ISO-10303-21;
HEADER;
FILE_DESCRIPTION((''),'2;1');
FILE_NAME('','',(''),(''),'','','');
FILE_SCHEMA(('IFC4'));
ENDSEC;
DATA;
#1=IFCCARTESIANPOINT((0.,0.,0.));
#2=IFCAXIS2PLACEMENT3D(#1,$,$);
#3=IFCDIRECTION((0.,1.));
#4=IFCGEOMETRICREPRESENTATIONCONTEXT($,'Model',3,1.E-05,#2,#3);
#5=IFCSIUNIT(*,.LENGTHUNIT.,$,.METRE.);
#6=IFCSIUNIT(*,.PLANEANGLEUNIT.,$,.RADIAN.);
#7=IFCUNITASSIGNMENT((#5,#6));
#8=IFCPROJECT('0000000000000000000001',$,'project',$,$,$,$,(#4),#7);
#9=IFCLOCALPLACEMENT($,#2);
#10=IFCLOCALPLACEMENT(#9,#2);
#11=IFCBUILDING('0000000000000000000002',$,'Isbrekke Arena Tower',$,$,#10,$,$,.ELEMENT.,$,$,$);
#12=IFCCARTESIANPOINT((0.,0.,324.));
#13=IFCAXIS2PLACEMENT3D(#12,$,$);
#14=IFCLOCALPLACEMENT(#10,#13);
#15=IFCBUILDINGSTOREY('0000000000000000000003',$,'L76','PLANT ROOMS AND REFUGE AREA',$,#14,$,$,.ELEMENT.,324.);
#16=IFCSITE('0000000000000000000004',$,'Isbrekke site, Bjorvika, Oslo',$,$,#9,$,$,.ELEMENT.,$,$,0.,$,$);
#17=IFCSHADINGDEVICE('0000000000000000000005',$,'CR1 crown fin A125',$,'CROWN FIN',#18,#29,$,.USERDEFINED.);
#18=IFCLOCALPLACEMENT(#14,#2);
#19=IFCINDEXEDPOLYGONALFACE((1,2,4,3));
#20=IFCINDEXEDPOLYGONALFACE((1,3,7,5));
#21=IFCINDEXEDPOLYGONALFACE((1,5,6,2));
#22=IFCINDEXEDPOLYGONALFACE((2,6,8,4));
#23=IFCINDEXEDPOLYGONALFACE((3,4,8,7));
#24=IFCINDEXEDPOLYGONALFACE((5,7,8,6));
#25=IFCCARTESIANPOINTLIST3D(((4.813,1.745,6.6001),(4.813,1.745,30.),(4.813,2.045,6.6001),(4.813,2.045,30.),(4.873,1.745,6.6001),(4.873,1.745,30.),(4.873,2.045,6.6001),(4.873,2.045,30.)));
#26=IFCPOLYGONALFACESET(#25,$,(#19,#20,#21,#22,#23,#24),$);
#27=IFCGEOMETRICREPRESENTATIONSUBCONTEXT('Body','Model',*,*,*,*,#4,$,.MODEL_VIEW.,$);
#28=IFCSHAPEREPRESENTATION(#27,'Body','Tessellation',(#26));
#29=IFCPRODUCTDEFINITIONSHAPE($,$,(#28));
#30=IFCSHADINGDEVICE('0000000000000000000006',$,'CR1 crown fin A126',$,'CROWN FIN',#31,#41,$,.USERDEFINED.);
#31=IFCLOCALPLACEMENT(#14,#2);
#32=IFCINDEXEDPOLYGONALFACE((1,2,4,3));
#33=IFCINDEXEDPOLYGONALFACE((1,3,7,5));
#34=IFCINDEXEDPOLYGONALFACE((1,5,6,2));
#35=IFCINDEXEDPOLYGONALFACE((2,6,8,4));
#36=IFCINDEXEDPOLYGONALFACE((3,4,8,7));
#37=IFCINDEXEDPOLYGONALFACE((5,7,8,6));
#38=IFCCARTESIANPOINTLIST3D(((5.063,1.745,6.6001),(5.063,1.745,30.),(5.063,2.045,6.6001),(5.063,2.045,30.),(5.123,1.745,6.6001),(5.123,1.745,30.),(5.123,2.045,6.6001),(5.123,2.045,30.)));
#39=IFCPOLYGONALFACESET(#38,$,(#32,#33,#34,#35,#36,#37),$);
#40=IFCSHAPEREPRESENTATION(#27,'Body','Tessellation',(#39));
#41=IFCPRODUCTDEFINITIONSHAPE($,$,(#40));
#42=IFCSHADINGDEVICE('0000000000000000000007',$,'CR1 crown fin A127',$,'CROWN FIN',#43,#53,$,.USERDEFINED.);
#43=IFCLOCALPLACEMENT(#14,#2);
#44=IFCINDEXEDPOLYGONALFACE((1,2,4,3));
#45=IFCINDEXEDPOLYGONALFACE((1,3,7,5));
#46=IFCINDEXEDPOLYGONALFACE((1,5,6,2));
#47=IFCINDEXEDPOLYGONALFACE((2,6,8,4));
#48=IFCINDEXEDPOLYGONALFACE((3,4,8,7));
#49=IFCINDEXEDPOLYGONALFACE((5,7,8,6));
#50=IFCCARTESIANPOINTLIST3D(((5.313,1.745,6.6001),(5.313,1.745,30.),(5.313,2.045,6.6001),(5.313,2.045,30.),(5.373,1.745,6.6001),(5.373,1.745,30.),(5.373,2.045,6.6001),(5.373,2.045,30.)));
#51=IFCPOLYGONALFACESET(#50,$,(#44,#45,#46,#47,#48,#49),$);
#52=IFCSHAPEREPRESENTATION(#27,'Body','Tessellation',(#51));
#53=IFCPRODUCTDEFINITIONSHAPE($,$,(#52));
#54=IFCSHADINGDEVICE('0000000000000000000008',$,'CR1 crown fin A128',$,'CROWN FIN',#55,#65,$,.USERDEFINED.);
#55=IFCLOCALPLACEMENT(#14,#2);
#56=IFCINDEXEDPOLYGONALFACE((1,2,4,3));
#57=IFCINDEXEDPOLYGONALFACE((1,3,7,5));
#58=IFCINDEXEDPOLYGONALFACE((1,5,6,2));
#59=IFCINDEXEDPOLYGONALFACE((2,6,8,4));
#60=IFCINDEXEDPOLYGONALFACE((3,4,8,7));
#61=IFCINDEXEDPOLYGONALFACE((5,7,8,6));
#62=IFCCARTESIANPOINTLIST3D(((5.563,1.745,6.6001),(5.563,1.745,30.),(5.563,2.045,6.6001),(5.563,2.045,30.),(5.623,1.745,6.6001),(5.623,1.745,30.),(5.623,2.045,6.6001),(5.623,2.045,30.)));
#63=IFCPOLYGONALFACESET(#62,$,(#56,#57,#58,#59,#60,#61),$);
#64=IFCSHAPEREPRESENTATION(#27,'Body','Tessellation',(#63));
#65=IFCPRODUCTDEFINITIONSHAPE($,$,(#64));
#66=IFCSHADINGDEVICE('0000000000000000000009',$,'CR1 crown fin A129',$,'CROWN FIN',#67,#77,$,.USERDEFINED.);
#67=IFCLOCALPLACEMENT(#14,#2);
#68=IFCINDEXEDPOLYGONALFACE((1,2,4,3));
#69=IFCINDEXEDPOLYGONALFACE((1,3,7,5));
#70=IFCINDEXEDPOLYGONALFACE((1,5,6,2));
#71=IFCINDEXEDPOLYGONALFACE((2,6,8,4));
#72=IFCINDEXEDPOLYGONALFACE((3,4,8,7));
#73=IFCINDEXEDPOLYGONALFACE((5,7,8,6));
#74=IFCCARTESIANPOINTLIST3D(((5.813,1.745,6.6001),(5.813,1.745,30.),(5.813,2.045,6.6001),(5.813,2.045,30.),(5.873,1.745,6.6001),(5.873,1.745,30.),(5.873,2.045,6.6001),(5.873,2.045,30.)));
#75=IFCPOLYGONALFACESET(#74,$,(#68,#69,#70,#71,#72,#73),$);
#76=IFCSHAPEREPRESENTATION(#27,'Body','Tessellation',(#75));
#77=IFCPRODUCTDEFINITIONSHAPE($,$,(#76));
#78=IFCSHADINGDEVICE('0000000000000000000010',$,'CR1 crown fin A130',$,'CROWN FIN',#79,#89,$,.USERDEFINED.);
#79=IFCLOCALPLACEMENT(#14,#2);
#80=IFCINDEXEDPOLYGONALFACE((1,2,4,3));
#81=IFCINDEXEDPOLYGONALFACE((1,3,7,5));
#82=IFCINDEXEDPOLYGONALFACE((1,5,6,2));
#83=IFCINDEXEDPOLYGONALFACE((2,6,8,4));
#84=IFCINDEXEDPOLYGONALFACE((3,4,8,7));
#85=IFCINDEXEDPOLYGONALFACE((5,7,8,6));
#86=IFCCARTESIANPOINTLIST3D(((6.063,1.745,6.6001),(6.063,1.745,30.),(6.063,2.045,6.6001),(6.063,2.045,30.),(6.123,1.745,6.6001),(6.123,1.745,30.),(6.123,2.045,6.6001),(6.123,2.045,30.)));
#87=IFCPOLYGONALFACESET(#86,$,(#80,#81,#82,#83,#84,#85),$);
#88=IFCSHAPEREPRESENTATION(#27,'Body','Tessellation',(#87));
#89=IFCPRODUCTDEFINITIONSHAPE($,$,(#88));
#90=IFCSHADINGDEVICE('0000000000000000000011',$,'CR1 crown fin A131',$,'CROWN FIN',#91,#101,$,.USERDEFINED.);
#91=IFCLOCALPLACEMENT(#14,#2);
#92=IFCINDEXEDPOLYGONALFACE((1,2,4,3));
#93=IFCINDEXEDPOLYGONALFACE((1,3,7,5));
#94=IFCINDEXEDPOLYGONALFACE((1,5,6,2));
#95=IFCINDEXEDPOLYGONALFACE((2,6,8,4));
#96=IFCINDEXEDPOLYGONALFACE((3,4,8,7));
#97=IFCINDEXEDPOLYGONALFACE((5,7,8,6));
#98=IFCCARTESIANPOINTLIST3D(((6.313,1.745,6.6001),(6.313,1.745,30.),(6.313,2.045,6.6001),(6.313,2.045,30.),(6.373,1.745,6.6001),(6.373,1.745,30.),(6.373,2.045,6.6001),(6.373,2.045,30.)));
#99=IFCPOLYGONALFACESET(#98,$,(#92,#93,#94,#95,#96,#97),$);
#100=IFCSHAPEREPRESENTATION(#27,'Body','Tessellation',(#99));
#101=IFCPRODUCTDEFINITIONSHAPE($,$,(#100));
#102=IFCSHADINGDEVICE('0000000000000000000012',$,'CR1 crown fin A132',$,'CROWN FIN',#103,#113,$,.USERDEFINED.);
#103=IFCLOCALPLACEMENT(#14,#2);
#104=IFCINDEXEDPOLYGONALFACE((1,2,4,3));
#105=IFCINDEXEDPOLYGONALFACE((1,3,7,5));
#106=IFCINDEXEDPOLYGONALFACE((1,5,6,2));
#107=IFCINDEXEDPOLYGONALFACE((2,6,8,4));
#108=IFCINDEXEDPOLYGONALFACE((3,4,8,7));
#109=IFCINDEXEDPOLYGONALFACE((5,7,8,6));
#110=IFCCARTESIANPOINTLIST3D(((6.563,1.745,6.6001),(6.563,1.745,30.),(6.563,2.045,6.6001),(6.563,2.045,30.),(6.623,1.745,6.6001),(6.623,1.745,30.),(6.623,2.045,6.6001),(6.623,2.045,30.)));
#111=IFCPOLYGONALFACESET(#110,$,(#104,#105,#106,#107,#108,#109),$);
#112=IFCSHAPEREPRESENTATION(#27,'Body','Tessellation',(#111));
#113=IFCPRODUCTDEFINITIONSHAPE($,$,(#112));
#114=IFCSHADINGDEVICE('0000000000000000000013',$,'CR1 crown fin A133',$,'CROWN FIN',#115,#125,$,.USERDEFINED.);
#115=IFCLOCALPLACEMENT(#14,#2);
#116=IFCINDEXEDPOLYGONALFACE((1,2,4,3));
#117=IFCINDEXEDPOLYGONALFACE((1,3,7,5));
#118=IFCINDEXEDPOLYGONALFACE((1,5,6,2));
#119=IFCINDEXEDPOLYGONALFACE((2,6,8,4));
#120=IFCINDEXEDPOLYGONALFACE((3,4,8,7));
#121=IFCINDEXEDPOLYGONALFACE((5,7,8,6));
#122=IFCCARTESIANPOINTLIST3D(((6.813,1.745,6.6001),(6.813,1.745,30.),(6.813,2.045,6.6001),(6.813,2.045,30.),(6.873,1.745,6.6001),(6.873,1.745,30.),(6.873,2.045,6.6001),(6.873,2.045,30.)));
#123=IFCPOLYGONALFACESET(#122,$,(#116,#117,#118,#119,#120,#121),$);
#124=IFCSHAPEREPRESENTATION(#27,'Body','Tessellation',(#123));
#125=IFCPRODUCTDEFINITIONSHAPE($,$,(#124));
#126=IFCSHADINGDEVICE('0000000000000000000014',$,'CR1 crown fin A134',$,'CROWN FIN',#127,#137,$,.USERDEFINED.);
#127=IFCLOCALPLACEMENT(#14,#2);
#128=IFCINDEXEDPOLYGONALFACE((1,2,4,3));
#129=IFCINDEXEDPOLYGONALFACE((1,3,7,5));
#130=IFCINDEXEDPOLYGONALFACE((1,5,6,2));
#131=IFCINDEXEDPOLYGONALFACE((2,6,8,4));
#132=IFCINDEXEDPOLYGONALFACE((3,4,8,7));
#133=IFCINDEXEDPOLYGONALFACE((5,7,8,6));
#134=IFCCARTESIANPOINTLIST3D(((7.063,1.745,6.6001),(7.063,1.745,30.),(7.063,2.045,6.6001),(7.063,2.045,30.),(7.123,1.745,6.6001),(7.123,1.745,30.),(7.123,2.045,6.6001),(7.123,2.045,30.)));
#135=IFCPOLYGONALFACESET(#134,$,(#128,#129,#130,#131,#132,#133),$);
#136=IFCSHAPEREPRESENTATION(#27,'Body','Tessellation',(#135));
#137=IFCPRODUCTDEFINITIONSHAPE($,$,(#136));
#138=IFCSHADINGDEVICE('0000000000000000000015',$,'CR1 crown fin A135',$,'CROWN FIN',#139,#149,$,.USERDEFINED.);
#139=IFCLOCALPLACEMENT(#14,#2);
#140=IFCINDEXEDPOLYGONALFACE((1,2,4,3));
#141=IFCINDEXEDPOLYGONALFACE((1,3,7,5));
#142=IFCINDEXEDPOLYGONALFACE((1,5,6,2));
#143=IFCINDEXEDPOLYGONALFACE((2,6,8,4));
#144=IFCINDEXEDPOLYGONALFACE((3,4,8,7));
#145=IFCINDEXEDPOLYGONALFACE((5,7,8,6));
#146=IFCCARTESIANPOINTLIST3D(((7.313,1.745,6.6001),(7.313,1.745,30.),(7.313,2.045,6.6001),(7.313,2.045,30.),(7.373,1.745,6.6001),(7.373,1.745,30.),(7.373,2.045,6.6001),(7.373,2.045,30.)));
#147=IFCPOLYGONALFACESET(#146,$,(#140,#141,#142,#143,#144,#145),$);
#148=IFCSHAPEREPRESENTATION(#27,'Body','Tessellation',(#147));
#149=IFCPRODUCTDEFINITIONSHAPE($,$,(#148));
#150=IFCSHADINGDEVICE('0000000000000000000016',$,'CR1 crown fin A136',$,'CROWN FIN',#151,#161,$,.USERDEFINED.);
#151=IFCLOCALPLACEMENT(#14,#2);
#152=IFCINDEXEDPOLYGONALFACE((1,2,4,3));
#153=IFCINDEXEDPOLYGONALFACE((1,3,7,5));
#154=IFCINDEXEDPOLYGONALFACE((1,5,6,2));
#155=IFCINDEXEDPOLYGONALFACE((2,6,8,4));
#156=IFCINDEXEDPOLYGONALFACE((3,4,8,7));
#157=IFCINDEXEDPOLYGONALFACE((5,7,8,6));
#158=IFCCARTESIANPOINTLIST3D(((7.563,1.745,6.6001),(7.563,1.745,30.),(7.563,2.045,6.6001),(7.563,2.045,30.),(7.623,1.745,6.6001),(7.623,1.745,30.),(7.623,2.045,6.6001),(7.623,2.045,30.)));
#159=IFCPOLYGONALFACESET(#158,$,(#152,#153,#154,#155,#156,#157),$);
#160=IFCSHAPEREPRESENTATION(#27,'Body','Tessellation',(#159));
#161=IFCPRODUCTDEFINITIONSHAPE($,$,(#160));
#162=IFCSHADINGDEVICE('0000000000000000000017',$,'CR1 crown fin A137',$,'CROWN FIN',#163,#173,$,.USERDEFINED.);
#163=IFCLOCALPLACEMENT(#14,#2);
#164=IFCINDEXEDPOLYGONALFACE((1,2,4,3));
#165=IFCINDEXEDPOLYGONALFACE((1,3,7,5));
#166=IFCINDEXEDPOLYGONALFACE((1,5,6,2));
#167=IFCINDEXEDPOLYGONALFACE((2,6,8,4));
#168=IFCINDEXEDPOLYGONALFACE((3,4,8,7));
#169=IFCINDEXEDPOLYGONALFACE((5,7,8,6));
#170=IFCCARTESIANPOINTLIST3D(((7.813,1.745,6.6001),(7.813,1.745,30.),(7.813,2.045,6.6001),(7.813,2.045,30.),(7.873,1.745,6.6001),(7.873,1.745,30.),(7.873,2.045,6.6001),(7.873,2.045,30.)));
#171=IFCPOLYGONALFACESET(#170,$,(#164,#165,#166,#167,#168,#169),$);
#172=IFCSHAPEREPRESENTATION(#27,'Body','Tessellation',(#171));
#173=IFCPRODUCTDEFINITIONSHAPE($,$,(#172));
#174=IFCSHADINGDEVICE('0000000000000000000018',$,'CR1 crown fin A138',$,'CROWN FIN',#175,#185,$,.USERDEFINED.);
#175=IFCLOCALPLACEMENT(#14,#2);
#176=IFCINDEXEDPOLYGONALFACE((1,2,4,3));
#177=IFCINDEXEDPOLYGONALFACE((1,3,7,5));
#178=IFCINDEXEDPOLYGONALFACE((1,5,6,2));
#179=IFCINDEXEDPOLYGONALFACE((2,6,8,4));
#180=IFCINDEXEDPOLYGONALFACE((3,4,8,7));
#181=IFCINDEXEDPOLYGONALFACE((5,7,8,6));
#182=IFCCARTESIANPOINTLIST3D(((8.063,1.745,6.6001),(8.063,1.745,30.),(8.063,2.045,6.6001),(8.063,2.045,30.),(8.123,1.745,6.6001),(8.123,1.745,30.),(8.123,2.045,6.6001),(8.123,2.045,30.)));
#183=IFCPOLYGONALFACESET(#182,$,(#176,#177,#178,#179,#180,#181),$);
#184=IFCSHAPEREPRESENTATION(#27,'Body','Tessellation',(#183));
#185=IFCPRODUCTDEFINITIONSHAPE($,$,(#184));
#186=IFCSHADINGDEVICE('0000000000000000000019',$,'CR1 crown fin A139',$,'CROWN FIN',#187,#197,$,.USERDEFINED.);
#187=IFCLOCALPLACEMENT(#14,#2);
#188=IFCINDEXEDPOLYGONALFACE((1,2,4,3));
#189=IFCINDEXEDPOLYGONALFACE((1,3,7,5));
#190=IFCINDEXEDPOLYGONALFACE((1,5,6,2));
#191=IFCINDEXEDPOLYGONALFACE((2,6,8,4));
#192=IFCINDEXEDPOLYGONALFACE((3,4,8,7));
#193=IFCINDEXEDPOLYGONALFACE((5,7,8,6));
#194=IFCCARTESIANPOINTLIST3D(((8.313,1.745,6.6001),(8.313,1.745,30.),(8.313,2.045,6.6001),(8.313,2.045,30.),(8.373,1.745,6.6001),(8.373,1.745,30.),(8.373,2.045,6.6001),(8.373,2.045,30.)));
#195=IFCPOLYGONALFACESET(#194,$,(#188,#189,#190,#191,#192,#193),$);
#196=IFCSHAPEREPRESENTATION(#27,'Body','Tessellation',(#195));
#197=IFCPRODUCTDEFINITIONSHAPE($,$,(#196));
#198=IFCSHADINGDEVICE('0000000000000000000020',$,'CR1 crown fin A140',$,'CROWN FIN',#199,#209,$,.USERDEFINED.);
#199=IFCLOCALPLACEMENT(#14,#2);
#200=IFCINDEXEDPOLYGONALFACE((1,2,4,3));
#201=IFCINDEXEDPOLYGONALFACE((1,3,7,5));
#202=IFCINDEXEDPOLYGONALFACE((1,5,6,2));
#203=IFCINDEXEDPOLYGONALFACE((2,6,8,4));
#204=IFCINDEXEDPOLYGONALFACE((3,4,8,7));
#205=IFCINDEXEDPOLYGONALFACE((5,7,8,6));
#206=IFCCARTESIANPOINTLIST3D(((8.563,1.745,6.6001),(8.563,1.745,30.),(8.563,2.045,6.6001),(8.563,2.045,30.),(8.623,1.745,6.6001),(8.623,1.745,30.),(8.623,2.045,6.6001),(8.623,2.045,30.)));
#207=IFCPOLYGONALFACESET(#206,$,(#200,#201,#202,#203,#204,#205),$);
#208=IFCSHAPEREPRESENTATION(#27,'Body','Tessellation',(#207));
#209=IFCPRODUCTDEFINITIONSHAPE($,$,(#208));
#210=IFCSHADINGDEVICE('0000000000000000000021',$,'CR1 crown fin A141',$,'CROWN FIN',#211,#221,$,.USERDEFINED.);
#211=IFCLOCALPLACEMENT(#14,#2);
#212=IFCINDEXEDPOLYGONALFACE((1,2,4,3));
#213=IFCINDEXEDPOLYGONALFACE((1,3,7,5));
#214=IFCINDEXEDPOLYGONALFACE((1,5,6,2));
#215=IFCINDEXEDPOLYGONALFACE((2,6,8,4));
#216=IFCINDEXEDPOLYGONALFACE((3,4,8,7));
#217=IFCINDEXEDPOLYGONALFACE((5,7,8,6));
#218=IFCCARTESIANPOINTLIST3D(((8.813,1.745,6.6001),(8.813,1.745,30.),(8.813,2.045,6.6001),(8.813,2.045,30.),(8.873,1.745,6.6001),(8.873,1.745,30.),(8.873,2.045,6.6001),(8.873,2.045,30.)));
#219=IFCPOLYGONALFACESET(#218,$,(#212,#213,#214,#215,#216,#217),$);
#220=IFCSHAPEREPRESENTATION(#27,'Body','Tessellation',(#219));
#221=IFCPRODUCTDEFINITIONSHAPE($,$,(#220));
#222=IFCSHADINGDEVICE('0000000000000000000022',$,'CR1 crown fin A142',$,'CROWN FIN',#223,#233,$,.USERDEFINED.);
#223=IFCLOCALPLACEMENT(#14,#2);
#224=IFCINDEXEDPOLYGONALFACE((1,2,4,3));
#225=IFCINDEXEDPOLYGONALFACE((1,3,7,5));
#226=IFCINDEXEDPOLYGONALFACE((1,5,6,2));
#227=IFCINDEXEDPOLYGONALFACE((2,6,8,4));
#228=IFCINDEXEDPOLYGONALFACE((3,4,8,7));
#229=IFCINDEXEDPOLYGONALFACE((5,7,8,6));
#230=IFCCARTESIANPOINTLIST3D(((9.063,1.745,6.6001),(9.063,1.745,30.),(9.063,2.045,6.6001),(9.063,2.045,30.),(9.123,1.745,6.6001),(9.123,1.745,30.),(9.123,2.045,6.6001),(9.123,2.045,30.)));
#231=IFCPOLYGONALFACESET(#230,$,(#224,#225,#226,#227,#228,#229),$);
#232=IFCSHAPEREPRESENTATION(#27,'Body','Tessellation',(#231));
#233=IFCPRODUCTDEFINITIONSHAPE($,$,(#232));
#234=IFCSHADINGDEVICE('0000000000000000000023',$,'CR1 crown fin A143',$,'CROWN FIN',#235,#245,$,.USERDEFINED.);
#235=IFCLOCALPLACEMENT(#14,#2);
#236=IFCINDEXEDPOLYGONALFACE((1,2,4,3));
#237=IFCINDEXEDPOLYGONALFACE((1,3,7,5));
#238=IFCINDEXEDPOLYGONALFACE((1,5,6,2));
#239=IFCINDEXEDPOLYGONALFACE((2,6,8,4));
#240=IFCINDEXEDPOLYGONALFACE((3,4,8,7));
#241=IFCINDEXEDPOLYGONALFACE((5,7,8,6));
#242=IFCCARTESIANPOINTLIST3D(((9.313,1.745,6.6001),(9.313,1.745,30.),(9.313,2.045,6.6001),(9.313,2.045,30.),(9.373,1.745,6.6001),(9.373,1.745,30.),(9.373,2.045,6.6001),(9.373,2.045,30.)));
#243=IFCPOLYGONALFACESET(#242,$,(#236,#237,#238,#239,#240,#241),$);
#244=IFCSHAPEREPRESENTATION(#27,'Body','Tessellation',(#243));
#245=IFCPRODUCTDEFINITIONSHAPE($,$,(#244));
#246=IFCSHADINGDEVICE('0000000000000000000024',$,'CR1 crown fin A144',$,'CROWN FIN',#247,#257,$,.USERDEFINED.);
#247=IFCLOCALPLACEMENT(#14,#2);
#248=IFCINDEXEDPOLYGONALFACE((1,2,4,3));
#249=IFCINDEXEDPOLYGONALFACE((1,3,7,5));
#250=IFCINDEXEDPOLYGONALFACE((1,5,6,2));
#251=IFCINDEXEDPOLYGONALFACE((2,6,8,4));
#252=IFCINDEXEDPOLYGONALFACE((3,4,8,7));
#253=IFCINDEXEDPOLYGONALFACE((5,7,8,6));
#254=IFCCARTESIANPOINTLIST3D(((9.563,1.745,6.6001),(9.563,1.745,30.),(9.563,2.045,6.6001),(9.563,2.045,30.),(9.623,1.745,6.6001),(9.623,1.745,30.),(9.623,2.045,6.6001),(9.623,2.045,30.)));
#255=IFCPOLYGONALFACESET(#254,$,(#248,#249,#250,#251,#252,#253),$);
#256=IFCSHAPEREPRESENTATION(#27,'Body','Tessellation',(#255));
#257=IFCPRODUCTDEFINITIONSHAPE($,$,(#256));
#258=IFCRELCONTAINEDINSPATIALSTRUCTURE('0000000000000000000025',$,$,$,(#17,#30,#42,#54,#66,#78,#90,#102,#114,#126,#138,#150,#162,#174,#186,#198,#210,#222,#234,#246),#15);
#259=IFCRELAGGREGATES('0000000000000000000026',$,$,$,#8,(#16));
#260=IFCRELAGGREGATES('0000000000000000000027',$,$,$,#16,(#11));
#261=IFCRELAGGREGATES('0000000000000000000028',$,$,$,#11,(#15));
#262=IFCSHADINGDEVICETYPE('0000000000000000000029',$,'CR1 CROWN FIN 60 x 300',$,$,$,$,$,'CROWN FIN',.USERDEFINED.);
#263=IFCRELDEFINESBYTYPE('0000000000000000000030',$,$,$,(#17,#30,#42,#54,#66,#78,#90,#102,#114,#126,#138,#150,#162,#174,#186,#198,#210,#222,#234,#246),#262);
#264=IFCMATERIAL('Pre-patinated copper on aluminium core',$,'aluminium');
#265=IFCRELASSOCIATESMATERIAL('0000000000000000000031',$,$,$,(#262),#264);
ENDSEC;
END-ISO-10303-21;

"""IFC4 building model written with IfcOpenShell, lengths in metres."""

from ifc_helpers import new_model, si_unit, direction, frame, origin, origin_2d, place, context, subcontext, project, spatial, rectangle, extrude, material, material_profile, profile_set, type_object, element, save


model = new_model("IFC4")

# Units and contexts
model_context = context("Model", 3, precision=1e-05, world=origin(), true_north=direction((0.0, 1.0)))
body_context = subcontext(model_context, "Body", "Model", "MODEL_VIEW")
ifc_project = project(units=[si_unit("LENGTHUNIT", "METRE"), si_unit("PLANEANGLEUNIT", "RADIAN")], contexts=[model_context])

# Site, building, storey
site_placement = place(None, origin())
site = spatial("IfcSite", under=ifc_project, at=site_placement, Name="Isbrekke site, Bjorvika, Oslo", CompositionType="ELEMENT", RefElevation=0.0)
building_placement = place(site_placement, origin())
building = spatial("IfcBuilding", under=site, at=building_placement, Name="Isbrekke Arena Tower", CompositionType="ELEMENT")
storey_placement = place(building_placement, frame((0.0, 0.0, 324.0)))
storey = spatial("IfcBuildingStorey", under=building, at=storey_placement, Name="L76", Description="PLANT ROOMS AND REFUGE AREA", CompositionType="ELEMENT", Elevation=324.0)

# Shading devices
ifc_material_1 = material(Name="Pre-patinated copper on aluminium core", Category="aluminium")
ifc_material_profile_1 = material_profile(ifc_material_1, rectangle(XDim=0.0601, YDim=0.3, at=origin_2d()), Name="FIN 60X300")
ifc_profile_set_1 = profile_set([ifc_material_profile_1], Name="Pre-patinated copper on aluminium core")
shading_device_type = type_object("IfcShadingDeviceType", Name="CR1 CROWN FIN 60 x 300", ElementType="CROWN FIN", PredefinedType="USERDEFINED", material=ifc_profile_set_1)
for number, where, z_axis, x_axis, name in (
    (1, (4.843, 1.895, 6.6001), (0.0, 0.0, 1.0), (1.0, 0.0, 0.0), "CR1 crown fin A125"),
    (2, (5.093, 1.895, 6.6001), (0.0, 0.0, 1.0), (1.0, 0.0, 0.0), "CR1 crown fin A126"),
    (3, (5.343, 1.895, 6.6001), (0.0, 0.0, 1.0), (1.0, 0.0, 0.0), "CR1 crown fin A127"),
    (4, (5.593, 1.895, 6.6001), (0.0, 0.0, 1.0), (1.0, 0.0, 0.0), "CR1 crown fin A128"),
    (5, (5.843, 1.895, 6.6001), (0.0, 0.0, 1.0), (1.0, 0.0, 0.0), "CR1 crown fin A129"),
    (6, (6.093, 1.895, 6.6001), (0.0, 0.0, 1.0), (1.0, 0.0, 0.0), "CR1 crown fin A130"),
    (7, (6.343, 1.895, 6.6001), (0.0, 0.0, 1.0), (1.0, 0.0, 0.0), "CR1 crown fin A131"),
    (8, (6.593, 1.895, 6.6001), (0.0, 0.0, 1.0), (1.0, 0.0, 0.0), "CR1 crown fin A132"),
    (9, (6.843, 1.895, 6.6001), (0.0, 0.0, 1.0), (1.0, 0.0, 0.0), "CR1 crown fin A133"),
    (10, (7.093, 1.895, 6.6001), (0.0, 0.0, 1.0), (1.0, 0.0, 0.0), "CR1 crown fin A134"),
    (11, (7.343, 1.895, 6.6001), (0.0, 0.0, 1.0), (1.0, 0.0, 0.0), "CR1 crown fin A135"),
    (12, (7.593, 1.895, 6.6001), (0.0, 0.0, 1.0), (1.0, 0.0, 0.0), "CR1 crown fin A136"),
    (13, (7.843, 1.895, 6.6001), (0.0, 0.0, 1.0), (1.0, 0.0, 0.0), "CR1 crown fin A137"),
    (14, (8.093, 1.895, 6.6001), (0.0, 0.0, 1.0), (1.0, 0.0, 0.0), "CR1 crown fin A138"),
    (15, (8.343, 1.895, 6.6001), (0.0, 0.0, 1.0), (1.0, 0.0, 0.0), "CR1 crown fin A139"),
    (16, (8.593, 1.895, 6.6001), (0.0, 0.0, 1.0), (1.0, 0.0, 0.0), "CR1 crown fin A140"),
    (17, (8.843, 1.895, 6.6001), (0.0, 0.0, 1.0), (1.0, 0.0, 0.0), "CR1 crown fin A141"),
    (18, (9.093, 1.895, 6.6001), (0.0, 0.0, 1.0), (1.0, 0.0, 0.0), "CR1 crown fin A142"),
    (19, (9.343, 1.895, 6.6001), (0.0, 0.0, 1.0), (1.0, 0.0, 0.0), "CR1 crown fin A143"),
    (20, (9.593, 1.895, 6.6001), (0.0, 0.0, 1.0), (1.0, 0.0, 0.0), "CR1 crown fin A144"),
):
    element("IfcShadingDevice", number, at=place(storey_placement, frame(where, z_axis=z_axis, x_axis=x_axis)), inside=storey, type_object=shading_device_type, Name=name, ObjectType="CROWN FIN", PredefinedType="USERDEFINED", context=body_context, shape_type="SweptSolid", body=[
        extrude(rectangle(XDim=0.0601, YDim=0.3, at=origin_2d()), origin(), (0.0, 0.0, 1.0), 23.3999),
    ])

save(model, "model.ifc")
